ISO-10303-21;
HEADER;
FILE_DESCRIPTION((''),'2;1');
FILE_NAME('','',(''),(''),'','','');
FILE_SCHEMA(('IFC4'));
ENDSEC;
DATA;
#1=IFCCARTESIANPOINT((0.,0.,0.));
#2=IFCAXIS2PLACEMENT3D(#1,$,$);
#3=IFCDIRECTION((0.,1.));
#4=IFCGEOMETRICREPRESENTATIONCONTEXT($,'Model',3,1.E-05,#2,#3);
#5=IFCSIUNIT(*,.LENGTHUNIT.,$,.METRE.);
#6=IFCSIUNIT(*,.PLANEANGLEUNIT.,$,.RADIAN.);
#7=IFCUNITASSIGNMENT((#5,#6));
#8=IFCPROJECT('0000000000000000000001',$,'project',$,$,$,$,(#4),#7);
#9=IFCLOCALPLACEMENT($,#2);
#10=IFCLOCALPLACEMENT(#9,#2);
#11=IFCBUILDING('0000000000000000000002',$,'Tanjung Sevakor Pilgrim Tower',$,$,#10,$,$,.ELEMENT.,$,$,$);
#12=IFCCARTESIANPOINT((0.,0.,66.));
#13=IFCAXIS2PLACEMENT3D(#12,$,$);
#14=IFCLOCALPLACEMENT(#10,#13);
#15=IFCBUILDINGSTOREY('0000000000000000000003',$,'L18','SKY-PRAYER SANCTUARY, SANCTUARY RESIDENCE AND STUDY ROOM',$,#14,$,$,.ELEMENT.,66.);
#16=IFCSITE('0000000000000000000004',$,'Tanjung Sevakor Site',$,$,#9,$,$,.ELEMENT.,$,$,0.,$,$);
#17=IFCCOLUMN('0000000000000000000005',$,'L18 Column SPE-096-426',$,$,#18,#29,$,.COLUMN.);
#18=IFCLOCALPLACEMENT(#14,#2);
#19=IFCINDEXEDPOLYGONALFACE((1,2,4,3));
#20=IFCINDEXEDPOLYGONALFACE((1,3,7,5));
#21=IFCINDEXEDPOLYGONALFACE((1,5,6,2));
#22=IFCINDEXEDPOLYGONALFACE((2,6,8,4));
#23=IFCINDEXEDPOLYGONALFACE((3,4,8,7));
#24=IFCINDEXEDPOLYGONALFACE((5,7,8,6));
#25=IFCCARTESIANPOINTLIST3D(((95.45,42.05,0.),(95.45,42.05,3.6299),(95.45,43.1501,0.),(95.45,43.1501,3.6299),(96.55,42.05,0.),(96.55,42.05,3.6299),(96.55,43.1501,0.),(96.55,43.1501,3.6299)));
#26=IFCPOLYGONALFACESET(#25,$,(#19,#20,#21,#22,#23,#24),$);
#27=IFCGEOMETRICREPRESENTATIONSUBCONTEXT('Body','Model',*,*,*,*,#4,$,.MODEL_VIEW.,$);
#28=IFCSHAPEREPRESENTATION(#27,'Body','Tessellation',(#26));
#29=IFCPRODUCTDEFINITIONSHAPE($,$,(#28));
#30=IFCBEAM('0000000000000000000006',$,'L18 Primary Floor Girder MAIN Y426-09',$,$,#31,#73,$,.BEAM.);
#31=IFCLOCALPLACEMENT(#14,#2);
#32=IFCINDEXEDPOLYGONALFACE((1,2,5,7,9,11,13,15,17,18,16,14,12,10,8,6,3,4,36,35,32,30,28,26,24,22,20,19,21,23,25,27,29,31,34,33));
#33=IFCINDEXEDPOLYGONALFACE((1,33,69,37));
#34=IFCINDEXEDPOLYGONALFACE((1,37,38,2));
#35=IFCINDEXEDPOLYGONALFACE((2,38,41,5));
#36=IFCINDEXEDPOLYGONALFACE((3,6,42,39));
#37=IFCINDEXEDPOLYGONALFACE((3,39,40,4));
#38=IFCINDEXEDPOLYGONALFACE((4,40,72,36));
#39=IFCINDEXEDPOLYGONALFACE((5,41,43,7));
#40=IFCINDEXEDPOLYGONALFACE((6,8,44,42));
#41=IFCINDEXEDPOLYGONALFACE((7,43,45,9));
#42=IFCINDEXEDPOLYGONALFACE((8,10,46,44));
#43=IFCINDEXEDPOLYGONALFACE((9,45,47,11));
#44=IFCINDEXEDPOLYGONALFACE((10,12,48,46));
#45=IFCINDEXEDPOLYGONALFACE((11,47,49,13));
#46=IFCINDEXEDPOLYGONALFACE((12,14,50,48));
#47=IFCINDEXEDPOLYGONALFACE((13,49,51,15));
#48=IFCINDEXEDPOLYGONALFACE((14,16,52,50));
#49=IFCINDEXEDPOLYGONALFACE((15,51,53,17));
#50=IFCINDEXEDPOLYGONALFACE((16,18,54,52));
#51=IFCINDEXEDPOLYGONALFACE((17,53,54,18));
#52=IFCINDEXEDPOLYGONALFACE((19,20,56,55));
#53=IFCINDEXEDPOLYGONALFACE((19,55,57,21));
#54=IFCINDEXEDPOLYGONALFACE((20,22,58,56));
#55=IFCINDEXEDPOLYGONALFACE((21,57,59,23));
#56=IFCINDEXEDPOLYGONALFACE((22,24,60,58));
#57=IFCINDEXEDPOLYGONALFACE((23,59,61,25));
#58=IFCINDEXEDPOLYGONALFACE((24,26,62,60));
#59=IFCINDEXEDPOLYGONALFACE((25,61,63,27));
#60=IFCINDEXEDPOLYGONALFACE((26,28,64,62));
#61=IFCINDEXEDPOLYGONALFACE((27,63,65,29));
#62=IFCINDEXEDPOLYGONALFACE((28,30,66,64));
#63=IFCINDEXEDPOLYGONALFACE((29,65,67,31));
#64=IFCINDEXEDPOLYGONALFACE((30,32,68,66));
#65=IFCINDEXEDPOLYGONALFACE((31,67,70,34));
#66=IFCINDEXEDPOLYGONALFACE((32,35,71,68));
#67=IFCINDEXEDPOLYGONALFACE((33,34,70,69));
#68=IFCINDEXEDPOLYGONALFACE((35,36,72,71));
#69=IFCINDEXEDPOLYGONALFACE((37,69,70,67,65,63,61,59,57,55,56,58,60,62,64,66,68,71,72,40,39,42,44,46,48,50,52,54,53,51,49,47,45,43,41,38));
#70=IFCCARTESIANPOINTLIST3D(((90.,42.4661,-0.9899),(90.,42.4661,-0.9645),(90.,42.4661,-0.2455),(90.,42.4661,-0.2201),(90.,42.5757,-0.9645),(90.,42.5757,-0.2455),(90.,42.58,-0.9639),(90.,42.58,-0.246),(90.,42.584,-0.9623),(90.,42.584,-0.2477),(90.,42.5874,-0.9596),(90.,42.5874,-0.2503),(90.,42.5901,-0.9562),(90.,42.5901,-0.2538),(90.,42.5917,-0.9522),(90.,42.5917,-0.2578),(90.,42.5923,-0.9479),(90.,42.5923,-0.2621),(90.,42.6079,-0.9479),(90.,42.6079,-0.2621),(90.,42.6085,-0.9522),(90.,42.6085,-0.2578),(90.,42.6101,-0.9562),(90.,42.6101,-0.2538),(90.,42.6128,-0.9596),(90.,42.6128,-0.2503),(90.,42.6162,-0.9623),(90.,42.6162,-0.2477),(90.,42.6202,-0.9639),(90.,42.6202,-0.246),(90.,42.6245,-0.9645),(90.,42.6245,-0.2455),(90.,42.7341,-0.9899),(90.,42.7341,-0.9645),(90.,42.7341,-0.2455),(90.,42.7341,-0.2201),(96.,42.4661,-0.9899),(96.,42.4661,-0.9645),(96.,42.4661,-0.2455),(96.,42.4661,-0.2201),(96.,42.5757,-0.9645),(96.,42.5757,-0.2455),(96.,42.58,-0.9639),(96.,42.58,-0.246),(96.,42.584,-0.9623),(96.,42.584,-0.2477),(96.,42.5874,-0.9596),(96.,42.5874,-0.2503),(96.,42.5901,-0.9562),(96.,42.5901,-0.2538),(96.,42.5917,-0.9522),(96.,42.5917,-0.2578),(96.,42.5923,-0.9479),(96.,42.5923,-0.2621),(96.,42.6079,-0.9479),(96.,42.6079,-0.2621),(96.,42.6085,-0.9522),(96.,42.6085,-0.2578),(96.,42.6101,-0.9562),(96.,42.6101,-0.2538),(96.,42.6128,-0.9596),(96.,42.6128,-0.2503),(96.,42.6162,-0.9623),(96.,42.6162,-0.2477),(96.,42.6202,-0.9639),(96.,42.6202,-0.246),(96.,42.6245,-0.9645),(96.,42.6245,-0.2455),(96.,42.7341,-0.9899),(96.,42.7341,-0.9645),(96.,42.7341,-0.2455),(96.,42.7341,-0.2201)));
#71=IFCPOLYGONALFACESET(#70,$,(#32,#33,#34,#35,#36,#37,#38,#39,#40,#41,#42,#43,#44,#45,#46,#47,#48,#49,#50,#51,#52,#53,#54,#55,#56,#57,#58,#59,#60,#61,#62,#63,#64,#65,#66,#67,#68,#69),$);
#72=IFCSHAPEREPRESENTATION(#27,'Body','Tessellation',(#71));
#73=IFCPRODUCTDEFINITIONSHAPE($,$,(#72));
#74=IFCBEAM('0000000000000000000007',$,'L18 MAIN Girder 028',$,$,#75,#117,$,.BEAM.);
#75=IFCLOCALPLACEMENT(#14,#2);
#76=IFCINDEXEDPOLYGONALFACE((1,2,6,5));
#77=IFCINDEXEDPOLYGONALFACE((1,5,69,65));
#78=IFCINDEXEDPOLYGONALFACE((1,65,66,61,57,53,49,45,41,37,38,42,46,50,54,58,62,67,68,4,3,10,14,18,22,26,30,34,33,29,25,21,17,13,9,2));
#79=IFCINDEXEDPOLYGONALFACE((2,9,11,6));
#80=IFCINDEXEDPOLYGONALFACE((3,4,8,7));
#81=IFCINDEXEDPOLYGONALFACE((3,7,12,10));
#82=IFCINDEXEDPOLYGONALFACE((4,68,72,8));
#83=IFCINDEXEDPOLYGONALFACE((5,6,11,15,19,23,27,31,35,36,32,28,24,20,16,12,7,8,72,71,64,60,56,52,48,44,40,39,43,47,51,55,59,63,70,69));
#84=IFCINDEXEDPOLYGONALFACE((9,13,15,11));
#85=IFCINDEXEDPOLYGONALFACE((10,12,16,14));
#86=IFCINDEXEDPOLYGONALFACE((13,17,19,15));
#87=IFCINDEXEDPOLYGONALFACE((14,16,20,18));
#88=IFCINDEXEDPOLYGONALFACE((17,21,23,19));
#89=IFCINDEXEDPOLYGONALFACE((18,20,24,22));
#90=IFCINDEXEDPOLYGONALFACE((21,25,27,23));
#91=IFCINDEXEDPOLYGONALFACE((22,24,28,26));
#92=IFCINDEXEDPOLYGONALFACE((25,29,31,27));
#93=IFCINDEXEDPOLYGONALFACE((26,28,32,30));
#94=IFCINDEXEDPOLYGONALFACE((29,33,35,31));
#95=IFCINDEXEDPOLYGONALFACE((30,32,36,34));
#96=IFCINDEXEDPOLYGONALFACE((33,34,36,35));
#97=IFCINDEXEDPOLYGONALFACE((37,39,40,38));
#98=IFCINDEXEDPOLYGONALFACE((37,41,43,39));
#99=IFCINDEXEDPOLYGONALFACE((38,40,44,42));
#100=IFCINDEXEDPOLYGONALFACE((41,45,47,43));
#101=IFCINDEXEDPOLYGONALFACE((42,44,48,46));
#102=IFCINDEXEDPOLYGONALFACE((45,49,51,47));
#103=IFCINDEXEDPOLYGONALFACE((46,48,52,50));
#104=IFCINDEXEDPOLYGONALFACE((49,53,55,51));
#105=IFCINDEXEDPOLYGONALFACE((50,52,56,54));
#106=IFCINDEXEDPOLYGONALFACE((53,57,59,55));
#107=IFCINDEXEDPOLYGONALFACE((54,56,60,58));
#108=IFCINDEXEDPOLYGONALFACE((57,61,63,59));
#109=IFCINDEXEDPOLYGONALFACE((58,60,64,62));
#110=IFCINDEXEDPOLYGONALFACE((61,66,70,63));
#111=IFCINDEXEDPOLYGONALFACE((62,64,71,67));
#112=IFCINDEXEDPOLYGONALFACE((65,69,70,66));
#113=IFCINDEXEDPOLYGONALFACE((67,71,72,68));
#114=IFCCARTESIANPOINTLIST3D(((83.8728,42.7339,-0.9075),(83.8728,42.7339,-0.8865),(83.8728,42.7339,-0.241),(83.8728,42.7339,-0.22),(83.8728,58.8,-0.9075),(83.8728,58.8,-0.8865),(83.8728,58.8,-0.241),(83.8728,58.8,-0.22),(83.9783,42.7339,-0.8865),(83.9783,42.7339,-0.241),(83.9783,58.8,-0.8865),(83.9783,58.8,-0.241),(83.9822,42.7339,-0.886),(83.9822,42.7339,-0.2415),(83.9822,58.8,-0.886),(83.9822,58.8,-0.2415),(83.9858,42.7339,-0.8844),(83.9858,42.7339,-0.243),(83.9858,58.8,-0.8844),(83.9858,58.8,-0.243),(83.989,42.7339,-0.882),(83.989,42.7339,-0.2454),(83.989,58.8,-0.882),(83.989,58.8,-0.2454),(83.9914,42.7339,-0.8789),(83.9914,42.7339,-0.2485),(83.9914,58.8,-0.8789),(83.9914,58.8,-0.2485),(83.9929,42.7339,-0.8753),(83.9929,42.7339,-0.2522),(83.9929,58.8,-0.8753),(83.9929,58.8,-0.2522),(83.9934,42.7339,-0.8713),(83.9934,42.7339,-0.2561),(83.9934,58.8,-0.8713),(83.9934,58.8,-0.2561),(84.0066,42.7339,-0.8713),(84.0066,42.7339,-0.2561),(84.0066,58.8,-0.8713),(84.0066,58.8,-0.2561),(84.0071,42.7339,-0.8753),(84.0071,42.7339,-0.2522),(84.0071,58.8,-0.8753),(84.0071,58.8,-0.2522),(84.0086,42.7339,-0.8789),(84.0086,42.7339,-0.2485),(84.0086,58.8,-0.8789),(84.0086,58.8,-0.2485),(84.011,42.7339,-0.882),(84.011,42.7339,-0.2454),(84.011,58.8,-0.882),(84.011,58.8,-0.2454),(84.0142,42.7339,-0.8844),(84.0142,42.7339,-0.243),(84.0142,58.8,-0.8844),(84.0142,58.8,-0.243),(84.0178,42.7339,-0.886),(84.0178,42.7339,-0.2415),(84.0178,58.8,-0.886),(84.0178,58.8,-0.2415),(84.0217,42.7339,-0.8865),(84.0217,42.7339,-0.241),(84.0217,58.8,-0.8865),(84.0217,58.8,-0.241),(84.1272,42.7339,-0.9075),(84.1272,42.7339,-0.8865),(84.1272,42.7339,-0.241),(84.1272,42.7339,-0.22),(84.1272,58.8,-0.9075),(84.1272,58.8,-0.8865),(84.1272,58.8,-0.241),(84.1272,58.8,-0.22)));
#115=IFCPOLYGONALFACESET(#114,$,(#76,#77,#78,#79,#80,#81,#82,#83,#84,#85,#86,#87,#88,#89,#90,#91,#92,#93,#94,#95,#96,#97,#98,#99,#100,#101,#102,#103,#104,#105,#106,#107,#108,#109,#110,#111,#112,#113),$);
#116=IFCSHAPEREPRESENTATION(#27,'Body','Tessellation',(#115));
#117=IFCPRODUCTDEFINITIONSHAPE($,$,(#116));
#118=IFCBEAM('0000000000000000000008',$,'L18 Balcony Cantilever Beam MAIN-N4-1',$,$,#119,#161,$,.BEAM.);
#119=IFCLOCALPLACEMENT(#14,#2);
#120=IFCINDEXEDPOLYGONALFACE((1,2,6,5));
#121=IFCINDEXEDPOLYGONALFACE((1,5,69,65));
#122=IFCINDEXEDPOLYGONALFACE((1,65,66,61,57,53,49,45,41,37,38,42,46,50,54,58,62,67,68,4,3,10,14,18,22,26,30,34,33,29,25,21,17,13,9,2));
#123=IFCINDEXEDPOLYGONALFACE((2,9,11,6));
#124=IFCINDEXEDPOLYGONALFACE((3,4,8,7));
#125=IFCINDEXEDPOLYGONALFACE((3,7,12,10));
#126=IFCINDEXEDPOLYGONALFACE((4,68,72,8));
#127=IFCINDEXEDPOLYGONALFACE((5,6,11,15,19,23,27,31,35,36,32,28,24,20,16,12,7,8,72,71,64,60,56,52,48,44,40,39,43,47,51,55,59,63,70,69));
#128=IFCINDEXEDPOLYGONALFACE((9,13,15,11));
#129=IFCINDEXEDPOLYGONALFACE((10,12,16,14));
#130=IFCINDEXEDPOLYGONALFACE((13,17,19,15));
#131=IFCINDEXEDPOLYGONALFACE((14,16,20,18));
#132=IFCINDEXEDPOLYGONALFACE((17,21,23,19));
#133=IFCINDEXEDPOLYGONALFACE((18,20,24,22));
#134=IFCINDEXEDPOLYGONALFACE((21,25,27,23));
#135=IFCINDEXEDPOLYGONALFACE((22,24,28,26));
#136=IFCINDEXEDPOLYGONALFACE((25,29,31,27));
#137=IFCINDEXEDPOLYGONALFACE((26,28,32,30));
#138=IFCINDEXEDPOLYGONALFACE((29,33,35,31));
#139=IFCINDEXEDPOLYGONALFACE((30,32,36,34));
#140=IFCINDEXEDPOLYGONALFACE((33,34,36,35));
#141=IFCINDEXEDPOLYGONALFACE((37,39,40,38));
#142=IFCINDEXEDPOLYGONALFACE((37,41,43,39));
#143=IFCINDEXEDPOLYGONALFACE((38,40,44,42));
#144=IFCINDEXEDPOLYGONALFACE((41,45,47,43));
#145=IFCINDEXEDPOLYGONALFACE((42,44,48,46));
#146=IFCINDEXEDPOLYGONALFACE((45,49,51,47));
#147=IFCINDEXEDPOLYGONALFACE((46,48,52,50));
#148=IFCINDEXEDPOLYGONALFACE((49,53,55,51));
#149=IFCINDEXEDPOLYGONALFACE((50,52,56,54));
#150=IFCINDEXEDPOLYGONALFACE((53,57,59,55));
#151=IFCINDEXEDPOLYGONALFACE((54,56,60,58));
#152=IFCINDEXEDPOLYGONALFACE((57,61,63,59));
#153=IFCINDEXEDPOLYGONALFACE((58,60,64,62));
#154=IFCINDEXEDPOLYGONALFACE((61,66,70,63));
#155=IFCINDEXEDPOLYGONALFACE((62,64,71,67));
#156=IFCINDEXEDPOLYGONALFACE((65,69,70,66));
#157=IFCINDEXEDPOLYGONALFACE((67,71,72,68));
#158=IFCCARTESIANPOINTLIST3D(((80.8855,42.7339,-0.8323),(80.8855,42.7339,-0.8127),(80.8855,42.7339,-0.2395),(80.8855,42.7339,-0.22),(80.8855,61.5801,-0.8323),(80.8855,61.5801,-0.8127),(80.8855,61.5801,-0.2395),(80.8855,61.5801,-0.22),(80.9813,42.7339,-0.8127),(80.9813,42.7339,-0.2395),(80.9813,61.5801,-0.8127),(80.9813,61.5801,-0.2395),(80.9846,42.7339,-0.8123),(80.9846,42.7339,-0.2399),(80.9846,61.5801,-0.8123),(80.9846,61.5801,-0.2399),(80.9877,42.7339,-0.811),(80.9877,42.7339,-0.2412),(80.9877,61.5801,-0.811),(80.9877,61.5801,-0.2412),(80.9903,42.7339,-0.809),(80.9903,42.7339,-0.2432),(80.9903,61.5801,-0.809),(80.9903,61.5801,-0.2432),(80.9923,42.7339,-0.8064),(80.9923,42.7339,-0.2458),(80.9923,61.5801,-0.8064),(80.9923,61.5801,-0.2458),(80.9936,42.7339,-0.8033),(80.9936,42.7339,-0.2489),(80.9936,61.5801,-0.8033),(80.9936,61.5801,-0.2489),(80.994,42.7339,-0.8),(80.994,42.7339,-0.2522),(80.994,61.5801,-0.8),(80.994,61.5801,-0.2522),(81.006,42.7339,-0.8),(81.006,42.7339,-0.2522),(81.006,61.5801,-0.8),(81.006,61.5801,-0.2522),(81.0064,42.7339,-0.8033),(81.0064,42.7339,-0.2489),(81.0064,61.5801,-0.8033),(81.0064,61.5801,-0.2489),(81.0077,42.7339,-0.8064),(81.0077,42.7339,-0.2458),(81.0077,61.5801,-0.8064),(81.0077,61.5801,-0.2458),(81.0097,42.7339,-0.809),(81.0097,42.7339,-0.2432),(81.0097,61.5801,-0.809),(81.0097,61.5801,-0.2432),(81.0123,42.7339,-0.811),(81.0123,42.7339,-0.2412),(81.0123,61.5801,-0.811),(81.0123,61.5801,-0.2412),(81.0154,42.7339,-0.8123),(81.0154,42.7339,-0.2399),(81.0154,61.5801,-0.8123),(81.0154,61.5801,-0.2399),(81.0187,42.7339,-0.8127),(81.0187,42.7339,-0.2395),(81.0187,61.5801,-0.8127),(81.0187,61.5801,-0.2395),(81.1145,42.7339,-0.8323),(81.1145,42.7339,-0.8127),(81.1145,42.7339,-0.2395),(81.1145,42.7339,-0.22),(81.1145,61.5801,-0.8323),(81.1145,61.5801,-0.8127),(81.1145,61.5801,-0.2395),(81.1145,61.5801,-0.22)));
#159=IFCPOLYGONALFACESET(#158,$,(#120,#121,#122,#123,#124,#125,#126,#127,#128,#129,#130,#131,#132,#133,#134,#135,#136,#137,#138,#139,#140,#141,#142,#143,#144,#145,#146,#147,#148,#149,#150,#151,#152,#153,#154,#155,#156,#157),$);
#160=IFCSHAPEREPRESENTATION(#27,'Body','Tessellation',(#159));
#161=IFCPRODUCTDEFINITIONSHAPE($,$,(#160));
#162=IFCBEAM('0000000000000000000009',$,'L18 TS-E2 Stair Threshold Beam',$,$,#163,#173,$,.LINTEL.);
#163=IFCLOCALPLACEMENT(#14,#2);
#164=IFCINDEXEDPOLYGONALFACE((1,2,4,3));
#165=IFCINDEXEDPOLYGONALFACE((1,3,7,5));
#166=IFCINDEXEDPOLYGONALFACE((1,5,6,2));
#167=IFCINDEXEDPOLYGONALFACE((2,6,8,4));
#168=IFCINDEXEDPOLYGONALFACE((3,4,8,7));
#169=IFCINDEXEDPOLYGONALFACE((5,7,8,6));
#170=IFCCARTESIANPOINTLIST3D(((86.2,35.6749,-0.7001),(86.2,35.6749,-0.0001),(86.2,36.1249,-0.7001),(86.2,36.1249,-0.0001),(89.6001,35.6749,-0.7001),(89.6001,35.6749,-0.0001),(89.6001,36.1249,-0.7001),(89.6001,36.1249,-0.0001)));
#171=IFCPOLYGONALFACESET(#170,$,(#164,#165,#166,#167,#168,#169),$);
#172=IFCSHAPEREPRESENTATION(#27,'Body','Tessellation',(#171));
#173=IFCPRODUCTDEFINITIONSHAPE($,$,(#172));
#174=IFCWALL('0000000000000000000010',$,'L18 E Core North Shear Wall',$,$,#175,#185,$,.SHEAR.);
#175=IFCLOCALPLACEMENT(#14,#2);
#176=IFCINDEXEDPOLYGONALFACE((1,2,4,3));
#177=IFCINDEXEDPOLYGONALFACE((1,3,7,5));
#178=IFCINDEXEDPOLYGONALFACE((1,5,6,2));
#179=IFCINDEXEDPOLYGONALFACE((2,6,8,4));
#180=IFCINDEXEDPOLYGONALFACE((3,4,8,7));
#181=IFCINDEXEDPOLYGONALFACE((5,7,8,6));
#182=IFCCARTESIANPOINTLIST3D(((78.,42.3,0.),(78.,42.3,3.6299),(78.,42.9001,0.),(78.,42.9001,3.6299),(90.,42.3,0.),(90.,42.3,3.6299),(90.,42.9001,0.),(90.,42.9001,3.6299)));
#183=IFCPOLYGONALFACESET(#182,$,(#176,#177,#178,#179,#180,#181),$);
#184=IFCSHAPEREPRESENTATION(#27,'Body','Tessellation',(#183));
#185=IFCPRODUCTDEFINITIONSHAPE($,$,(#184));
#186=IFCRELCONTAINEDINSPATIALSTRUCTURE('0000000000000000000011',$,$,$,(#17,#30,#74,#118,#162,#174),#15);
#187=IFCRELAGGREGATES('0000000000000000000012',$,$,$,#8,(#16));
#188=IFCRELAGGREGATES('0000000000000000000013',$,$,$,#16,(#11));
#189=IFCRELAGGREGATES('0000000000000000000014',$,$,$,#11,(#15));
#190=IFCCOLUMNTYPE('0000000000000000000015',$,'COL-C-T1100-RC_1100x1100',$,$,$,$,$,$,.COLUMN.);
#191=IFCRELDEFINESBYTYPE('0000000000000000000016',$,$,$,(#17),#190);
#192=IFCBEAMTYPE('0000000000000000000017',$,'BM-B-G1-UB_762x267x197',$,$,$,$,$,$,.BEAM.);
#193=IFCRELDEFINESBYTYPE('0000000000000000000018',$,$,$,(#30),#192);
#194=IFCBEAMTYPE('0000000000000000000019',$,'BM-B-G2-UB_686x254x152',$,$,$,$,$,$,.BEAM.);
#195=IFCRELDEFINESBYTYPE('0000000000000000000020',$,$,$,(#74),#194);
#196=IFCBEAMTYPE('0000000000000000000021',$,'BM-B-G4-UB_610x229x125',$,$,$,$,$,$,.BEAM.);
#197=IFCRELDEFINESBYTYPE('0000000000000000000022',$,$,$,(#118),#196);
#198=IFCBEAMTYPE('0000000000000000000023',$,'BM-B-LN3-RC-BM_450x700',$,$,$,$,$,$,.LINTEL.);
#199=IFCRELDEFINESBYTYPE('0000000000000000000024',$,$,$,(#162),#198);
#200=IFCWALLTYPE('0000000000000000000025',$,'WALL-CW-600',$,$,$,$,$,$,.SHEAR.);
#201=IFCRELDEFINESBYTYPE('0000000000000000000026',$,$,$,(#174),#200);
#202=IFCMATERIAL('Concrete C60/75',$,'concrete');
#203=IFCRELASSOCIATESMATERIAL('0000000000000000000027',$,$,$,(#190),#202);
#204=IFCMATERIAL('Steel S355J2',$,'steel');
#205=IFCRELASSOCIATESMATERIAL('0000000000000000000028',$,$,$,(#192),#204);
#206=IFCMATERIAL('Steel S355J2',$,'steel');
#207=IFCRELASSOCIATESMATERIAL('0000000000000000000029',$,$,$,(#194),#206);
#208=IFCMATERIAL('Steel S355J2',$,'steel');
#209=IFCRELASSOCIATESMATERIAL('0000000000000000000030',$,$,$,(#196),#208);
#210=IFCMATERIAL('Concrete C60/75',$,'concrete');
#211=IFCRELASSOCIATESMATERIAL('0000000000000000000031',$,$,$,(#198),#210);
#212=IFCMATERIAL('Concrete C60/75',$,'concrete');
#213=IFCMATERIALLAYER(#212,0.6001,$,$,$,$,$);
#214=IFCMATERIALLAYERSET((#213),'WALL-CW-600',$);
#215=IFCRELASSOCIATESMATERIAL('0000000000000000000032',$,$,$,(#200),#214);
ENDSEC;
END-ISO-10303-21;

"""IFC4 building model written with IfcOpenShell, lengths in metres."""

from ifc_helpers import new_model, si_unit, direction, frame, frame_2d, origin, origin_2d, place, context, subcontext, project, spatial, rectangle, i_section, extrude, material, layer, layer_set, material_profile, profile_set, type_object, element, save


model = new_model("IFC4")

# Units and contexts
model_context = context("Model", 3, precision=1e-05, world=origin(), true_north=direction((0.0, 1.0)))
body_context = subcontext(model_context, "Body", "Model", "MODEL_VIEW")
ifc_project = project(units=[si_unit("LENGTHUNIT", "METRE"), si_unit("PLANEANGLEUNIT", "RADIAN")], contexts=[model_context])

# Site, building, storey
site_placement = place(None, origin())
site = spatial("IfcSite", under=ifc_project, at=site_placement, Name="Tanjung Sevakor Site", CompositionType="ELEMENT", RefElevation=0.0)
building_placement = place(site_placement, origin())
building = spatial("IfcBuilding", under=site, at=building_placement, Name="Tanjung Sevakor Pilgrim Tower", CompositionType="ELEMENT")
storey_placement = place(building_placement, frame((0.0, 0.0, 66.0)))
storey = spatial("IfcBuildingStorey", under=building, at=storey_placement, Name="L18", Description="SKY-PRAYER SANCTUARY, SANCTUARY RESIDENCE AND STUDY ROOM", CompositionType="ELEMENT", Elevation=66.0)

# Column
ifc_material_1 = material(Name="Concrete C60/75", Category="concrete")
ifc_material_profile_1 = material_profile(ifc_material_1, rectangle(XDim=1.1001, YDim=1.1001, at=origin_2d()))
ifc_profile_set_1 = profile_set([ifc_material_profile_1], Name="Concrete C60/75")
column_type = type_object("IfcColumnType", Name="COL-C-T1100-RC_1100x1100", PredefinedType="COLUMN", material=ifc_profile_set_1)
column_placement = place(storey_placement, frame((96.0, 42.6001, 0.0), z_axis=(0.0, 0.0, 1.0), x_axis=(1.0, 0.0, 0.0)))
element("IfcColumn", 1, at=column_placement, inside=storey, type_object=column_type, Name="L18 Column SPE-096-426", PredefinedType="COLUMN", context=body_context, shape_type="SweptSolid", body=[
    extrude(rectangle(XDim=1.1001, YDim=1.1001, at=origin_2d()), origin(), (0.0, 0.0, 1.0), 3.6299),
])

# Beams
ifc_material_2 = material(Name="Steel S355J2", Category="steel")
ifc_material_profile_2 = material_profile(ifc_material_2, i_section(OverallWidth=0.2681, OverallDepth=0.7698, WebThickness=0.0156, FlangeThickness=0.0254, FilletRadius=0.0166, at=origin_2d()))
ifc_profile_set_2 = profile_set([ifc_material_profile_2], Name="Steel S355J2")
beam_type_1 = type_object("IfcBeamType", Name="BM-B-G1-UB_762x267x197", PredefinedType="BEAM", material=ifc_profile_set_2)
beam_1_placement = place(storey_placement, frame((90.0, 42.6001, -0.605), z_axis=(1.0, 0.0, 0.0), x_axis=(0.0, 1.0, 0.0)))
element("IfcBeam", 2, at=beam_1_placement, inside=storey, type_object=beam_type_1, Name="L18 Primary Floor Girder MAIN Y426-09", PredefinedType="BEAM", context=body_context, shape_type="SweptSolid", body=[
    extrude(i_section(OverallWidth=0.2681, OverallDepth=0.7698, WebThickness=0.0156, FlangeThickness=0.0254, FilletRadius=0.0166, at=origin_2d()), origin(), (0.0, 0.0, 1.0), 6.0),
])
ifc_material_3 = material(Name="Steel S355J2", Category="steel")
ifc_material_profile_3 = material_profile(ifc_material_3, i_section(OverallWidth=0.2544, OverallDepth=0.6875, WebThickness=0.0132, FlangeThickness=0.021, FilletRadius=0.0151, at=origin_2d()))
ifc_profile_set_3 = profile_set([ifc_material_profile_3], Name="Steel S355J2")
beam_type_2 = type_object("IfcBeamType", Name="BM-B-G2-UB_686x254x152", PredefinedType="BEAM", material=ifc_profile_set_3)
beam_2_placement = place(storey_placement, frame((84.0, 42.7339, -0.5637), z_axis=(0.0, 1.0, 0.0), x_axis=(-1.0, 0.0, 0.0)))
element("IfcBeam", 3, at=beam_2_placement, inside=storey, type_object=beam_type_2, Name="L18 MAIN Girder 028", PredefinedType="BEAM", context=body_context, shape_type="SweptSolid", body=[
    extrude(i_section(OverallWidth=0.2544, OverallDepth=0.6875, WebThickness=0.0132, FlangeThickness=0.021, FilletRadius=0.0151, at=origin_2d()), origin(), (0.0, 0.0, 1.0), 16.0662),
])
ifc_material_4 = material(Name="Steel S355J2", Category="steel")
ifc_material_profile_4 = material_profile(ifc_material_4, i_section(OverallWidth=0.229, OverallDepth=0.6123, WebThickness=0.012, FlangeThickness=0.0195, FilletRadius=0.0127, at=origin_2d()))
ifc_profile_set_4 = profile_set([ifc_material_profile_4], Name="Steel S355J2")
beam_type_3 = type_object("IfcBeamType", Name="BM-B-G4-UB_610x229x125", PredefinedType="BEAM", material=ifc_profile_set_4)
beam_3_placement = place(storey_placement, frame((81.0, 42.7339, -0.5261), z_axis=(0.0, 1.0, 0.0), x_axis=(-1.0, 0.0, 0.0)))
element("IfcBeam", 4, at=beam_3_placement, inside=storey, type_object=beam_type_3, Name="L18 Balcony Cantilever Beam MAIN-N4-1", PredefinedType="BEAM", context=body_context, shape_type="SweptSolid", body=[
    extrude(i_section(OverallWidth=0.229, OverallDepth=0.6123, WebThickness=0.012, FlangeThickness=0.0195, FilletRadius=0.0127, at=origin_2d()), origin(), (0.0, 0.0, 1.0), 18.8462),
])
ifc_material_5 = material(Name="Concrete C60/75", Category="concrete")
ifc_material_profile_5 = material_profile(ifc_material_5, rectangle(XDim=0.45, YDim=0.7, at=origin_2d()))
ifc_profile_set_5 = profile_set([ifc_material_profile_5], Name="Concrete C60/75")
beam_type_4 = type_object("IfcBeamType", Name="BM-B-LN3-RC-BM_450x700", PredefinedType="LINTEL", material=ifc_profile_set_5)
beam_4_placement = place(storey_placement, frame((86.2, 35.8999, -0.3501), z_axis=(1.0, 0.0, 0.0), x_axis=(0.0, 1.0, 0.0)))
element("IfcBeam", 5, at=beam_4_placement, inside=storey, type_object=beam_type_4, Name="L18 TS-E2 Stair Threshold Beam", PredefinedType="LINTEL", context=body_context, shape_type="SweptSolid", body=[
    extrude(rectangle(XDim=0.45, YDim=0.7, at=origin_2d()), origin(), (0.0, 0.0, 1.0), 3.4001),
])

# Wall
ifc_material_6 = material(Name="Concrete C60/75", Category="concrete")
ifc_layer_1 = layer(ifc_material_6, 0.6001)
ifc_layer_set_1 = layer_set([ifc_layer_1], Name="WALL-CW-600")
wall_type_1 = type_object("IfcWallType", Name="WALL-CW-600", PredefinedType="SHEAR", material=ifc_layer_set_1)
wall_1_placement = place(storey_placement, frame((90.0, 42.6001, 0.0), z_axis=(0.0, 0.0, 1.0), x_axis=(-1.0, 0.0, 0.0)))
element("IfcWall", 6, at=wall_1_placement, inside=storey, type_object=wall_type_1, Name="L18 E Core North Shear Wall", PredefinedType="SHEAR", context=body_context, shape_type="SweptSolid", body=[
    extrude(rectangle(XDim=12.0, YDim=0.6001, at=frame_2d((6.0, 0.0))), origin(), (0.0, 0.0, 1.0), 3.6299),
])

save(model, "model.ifc")
